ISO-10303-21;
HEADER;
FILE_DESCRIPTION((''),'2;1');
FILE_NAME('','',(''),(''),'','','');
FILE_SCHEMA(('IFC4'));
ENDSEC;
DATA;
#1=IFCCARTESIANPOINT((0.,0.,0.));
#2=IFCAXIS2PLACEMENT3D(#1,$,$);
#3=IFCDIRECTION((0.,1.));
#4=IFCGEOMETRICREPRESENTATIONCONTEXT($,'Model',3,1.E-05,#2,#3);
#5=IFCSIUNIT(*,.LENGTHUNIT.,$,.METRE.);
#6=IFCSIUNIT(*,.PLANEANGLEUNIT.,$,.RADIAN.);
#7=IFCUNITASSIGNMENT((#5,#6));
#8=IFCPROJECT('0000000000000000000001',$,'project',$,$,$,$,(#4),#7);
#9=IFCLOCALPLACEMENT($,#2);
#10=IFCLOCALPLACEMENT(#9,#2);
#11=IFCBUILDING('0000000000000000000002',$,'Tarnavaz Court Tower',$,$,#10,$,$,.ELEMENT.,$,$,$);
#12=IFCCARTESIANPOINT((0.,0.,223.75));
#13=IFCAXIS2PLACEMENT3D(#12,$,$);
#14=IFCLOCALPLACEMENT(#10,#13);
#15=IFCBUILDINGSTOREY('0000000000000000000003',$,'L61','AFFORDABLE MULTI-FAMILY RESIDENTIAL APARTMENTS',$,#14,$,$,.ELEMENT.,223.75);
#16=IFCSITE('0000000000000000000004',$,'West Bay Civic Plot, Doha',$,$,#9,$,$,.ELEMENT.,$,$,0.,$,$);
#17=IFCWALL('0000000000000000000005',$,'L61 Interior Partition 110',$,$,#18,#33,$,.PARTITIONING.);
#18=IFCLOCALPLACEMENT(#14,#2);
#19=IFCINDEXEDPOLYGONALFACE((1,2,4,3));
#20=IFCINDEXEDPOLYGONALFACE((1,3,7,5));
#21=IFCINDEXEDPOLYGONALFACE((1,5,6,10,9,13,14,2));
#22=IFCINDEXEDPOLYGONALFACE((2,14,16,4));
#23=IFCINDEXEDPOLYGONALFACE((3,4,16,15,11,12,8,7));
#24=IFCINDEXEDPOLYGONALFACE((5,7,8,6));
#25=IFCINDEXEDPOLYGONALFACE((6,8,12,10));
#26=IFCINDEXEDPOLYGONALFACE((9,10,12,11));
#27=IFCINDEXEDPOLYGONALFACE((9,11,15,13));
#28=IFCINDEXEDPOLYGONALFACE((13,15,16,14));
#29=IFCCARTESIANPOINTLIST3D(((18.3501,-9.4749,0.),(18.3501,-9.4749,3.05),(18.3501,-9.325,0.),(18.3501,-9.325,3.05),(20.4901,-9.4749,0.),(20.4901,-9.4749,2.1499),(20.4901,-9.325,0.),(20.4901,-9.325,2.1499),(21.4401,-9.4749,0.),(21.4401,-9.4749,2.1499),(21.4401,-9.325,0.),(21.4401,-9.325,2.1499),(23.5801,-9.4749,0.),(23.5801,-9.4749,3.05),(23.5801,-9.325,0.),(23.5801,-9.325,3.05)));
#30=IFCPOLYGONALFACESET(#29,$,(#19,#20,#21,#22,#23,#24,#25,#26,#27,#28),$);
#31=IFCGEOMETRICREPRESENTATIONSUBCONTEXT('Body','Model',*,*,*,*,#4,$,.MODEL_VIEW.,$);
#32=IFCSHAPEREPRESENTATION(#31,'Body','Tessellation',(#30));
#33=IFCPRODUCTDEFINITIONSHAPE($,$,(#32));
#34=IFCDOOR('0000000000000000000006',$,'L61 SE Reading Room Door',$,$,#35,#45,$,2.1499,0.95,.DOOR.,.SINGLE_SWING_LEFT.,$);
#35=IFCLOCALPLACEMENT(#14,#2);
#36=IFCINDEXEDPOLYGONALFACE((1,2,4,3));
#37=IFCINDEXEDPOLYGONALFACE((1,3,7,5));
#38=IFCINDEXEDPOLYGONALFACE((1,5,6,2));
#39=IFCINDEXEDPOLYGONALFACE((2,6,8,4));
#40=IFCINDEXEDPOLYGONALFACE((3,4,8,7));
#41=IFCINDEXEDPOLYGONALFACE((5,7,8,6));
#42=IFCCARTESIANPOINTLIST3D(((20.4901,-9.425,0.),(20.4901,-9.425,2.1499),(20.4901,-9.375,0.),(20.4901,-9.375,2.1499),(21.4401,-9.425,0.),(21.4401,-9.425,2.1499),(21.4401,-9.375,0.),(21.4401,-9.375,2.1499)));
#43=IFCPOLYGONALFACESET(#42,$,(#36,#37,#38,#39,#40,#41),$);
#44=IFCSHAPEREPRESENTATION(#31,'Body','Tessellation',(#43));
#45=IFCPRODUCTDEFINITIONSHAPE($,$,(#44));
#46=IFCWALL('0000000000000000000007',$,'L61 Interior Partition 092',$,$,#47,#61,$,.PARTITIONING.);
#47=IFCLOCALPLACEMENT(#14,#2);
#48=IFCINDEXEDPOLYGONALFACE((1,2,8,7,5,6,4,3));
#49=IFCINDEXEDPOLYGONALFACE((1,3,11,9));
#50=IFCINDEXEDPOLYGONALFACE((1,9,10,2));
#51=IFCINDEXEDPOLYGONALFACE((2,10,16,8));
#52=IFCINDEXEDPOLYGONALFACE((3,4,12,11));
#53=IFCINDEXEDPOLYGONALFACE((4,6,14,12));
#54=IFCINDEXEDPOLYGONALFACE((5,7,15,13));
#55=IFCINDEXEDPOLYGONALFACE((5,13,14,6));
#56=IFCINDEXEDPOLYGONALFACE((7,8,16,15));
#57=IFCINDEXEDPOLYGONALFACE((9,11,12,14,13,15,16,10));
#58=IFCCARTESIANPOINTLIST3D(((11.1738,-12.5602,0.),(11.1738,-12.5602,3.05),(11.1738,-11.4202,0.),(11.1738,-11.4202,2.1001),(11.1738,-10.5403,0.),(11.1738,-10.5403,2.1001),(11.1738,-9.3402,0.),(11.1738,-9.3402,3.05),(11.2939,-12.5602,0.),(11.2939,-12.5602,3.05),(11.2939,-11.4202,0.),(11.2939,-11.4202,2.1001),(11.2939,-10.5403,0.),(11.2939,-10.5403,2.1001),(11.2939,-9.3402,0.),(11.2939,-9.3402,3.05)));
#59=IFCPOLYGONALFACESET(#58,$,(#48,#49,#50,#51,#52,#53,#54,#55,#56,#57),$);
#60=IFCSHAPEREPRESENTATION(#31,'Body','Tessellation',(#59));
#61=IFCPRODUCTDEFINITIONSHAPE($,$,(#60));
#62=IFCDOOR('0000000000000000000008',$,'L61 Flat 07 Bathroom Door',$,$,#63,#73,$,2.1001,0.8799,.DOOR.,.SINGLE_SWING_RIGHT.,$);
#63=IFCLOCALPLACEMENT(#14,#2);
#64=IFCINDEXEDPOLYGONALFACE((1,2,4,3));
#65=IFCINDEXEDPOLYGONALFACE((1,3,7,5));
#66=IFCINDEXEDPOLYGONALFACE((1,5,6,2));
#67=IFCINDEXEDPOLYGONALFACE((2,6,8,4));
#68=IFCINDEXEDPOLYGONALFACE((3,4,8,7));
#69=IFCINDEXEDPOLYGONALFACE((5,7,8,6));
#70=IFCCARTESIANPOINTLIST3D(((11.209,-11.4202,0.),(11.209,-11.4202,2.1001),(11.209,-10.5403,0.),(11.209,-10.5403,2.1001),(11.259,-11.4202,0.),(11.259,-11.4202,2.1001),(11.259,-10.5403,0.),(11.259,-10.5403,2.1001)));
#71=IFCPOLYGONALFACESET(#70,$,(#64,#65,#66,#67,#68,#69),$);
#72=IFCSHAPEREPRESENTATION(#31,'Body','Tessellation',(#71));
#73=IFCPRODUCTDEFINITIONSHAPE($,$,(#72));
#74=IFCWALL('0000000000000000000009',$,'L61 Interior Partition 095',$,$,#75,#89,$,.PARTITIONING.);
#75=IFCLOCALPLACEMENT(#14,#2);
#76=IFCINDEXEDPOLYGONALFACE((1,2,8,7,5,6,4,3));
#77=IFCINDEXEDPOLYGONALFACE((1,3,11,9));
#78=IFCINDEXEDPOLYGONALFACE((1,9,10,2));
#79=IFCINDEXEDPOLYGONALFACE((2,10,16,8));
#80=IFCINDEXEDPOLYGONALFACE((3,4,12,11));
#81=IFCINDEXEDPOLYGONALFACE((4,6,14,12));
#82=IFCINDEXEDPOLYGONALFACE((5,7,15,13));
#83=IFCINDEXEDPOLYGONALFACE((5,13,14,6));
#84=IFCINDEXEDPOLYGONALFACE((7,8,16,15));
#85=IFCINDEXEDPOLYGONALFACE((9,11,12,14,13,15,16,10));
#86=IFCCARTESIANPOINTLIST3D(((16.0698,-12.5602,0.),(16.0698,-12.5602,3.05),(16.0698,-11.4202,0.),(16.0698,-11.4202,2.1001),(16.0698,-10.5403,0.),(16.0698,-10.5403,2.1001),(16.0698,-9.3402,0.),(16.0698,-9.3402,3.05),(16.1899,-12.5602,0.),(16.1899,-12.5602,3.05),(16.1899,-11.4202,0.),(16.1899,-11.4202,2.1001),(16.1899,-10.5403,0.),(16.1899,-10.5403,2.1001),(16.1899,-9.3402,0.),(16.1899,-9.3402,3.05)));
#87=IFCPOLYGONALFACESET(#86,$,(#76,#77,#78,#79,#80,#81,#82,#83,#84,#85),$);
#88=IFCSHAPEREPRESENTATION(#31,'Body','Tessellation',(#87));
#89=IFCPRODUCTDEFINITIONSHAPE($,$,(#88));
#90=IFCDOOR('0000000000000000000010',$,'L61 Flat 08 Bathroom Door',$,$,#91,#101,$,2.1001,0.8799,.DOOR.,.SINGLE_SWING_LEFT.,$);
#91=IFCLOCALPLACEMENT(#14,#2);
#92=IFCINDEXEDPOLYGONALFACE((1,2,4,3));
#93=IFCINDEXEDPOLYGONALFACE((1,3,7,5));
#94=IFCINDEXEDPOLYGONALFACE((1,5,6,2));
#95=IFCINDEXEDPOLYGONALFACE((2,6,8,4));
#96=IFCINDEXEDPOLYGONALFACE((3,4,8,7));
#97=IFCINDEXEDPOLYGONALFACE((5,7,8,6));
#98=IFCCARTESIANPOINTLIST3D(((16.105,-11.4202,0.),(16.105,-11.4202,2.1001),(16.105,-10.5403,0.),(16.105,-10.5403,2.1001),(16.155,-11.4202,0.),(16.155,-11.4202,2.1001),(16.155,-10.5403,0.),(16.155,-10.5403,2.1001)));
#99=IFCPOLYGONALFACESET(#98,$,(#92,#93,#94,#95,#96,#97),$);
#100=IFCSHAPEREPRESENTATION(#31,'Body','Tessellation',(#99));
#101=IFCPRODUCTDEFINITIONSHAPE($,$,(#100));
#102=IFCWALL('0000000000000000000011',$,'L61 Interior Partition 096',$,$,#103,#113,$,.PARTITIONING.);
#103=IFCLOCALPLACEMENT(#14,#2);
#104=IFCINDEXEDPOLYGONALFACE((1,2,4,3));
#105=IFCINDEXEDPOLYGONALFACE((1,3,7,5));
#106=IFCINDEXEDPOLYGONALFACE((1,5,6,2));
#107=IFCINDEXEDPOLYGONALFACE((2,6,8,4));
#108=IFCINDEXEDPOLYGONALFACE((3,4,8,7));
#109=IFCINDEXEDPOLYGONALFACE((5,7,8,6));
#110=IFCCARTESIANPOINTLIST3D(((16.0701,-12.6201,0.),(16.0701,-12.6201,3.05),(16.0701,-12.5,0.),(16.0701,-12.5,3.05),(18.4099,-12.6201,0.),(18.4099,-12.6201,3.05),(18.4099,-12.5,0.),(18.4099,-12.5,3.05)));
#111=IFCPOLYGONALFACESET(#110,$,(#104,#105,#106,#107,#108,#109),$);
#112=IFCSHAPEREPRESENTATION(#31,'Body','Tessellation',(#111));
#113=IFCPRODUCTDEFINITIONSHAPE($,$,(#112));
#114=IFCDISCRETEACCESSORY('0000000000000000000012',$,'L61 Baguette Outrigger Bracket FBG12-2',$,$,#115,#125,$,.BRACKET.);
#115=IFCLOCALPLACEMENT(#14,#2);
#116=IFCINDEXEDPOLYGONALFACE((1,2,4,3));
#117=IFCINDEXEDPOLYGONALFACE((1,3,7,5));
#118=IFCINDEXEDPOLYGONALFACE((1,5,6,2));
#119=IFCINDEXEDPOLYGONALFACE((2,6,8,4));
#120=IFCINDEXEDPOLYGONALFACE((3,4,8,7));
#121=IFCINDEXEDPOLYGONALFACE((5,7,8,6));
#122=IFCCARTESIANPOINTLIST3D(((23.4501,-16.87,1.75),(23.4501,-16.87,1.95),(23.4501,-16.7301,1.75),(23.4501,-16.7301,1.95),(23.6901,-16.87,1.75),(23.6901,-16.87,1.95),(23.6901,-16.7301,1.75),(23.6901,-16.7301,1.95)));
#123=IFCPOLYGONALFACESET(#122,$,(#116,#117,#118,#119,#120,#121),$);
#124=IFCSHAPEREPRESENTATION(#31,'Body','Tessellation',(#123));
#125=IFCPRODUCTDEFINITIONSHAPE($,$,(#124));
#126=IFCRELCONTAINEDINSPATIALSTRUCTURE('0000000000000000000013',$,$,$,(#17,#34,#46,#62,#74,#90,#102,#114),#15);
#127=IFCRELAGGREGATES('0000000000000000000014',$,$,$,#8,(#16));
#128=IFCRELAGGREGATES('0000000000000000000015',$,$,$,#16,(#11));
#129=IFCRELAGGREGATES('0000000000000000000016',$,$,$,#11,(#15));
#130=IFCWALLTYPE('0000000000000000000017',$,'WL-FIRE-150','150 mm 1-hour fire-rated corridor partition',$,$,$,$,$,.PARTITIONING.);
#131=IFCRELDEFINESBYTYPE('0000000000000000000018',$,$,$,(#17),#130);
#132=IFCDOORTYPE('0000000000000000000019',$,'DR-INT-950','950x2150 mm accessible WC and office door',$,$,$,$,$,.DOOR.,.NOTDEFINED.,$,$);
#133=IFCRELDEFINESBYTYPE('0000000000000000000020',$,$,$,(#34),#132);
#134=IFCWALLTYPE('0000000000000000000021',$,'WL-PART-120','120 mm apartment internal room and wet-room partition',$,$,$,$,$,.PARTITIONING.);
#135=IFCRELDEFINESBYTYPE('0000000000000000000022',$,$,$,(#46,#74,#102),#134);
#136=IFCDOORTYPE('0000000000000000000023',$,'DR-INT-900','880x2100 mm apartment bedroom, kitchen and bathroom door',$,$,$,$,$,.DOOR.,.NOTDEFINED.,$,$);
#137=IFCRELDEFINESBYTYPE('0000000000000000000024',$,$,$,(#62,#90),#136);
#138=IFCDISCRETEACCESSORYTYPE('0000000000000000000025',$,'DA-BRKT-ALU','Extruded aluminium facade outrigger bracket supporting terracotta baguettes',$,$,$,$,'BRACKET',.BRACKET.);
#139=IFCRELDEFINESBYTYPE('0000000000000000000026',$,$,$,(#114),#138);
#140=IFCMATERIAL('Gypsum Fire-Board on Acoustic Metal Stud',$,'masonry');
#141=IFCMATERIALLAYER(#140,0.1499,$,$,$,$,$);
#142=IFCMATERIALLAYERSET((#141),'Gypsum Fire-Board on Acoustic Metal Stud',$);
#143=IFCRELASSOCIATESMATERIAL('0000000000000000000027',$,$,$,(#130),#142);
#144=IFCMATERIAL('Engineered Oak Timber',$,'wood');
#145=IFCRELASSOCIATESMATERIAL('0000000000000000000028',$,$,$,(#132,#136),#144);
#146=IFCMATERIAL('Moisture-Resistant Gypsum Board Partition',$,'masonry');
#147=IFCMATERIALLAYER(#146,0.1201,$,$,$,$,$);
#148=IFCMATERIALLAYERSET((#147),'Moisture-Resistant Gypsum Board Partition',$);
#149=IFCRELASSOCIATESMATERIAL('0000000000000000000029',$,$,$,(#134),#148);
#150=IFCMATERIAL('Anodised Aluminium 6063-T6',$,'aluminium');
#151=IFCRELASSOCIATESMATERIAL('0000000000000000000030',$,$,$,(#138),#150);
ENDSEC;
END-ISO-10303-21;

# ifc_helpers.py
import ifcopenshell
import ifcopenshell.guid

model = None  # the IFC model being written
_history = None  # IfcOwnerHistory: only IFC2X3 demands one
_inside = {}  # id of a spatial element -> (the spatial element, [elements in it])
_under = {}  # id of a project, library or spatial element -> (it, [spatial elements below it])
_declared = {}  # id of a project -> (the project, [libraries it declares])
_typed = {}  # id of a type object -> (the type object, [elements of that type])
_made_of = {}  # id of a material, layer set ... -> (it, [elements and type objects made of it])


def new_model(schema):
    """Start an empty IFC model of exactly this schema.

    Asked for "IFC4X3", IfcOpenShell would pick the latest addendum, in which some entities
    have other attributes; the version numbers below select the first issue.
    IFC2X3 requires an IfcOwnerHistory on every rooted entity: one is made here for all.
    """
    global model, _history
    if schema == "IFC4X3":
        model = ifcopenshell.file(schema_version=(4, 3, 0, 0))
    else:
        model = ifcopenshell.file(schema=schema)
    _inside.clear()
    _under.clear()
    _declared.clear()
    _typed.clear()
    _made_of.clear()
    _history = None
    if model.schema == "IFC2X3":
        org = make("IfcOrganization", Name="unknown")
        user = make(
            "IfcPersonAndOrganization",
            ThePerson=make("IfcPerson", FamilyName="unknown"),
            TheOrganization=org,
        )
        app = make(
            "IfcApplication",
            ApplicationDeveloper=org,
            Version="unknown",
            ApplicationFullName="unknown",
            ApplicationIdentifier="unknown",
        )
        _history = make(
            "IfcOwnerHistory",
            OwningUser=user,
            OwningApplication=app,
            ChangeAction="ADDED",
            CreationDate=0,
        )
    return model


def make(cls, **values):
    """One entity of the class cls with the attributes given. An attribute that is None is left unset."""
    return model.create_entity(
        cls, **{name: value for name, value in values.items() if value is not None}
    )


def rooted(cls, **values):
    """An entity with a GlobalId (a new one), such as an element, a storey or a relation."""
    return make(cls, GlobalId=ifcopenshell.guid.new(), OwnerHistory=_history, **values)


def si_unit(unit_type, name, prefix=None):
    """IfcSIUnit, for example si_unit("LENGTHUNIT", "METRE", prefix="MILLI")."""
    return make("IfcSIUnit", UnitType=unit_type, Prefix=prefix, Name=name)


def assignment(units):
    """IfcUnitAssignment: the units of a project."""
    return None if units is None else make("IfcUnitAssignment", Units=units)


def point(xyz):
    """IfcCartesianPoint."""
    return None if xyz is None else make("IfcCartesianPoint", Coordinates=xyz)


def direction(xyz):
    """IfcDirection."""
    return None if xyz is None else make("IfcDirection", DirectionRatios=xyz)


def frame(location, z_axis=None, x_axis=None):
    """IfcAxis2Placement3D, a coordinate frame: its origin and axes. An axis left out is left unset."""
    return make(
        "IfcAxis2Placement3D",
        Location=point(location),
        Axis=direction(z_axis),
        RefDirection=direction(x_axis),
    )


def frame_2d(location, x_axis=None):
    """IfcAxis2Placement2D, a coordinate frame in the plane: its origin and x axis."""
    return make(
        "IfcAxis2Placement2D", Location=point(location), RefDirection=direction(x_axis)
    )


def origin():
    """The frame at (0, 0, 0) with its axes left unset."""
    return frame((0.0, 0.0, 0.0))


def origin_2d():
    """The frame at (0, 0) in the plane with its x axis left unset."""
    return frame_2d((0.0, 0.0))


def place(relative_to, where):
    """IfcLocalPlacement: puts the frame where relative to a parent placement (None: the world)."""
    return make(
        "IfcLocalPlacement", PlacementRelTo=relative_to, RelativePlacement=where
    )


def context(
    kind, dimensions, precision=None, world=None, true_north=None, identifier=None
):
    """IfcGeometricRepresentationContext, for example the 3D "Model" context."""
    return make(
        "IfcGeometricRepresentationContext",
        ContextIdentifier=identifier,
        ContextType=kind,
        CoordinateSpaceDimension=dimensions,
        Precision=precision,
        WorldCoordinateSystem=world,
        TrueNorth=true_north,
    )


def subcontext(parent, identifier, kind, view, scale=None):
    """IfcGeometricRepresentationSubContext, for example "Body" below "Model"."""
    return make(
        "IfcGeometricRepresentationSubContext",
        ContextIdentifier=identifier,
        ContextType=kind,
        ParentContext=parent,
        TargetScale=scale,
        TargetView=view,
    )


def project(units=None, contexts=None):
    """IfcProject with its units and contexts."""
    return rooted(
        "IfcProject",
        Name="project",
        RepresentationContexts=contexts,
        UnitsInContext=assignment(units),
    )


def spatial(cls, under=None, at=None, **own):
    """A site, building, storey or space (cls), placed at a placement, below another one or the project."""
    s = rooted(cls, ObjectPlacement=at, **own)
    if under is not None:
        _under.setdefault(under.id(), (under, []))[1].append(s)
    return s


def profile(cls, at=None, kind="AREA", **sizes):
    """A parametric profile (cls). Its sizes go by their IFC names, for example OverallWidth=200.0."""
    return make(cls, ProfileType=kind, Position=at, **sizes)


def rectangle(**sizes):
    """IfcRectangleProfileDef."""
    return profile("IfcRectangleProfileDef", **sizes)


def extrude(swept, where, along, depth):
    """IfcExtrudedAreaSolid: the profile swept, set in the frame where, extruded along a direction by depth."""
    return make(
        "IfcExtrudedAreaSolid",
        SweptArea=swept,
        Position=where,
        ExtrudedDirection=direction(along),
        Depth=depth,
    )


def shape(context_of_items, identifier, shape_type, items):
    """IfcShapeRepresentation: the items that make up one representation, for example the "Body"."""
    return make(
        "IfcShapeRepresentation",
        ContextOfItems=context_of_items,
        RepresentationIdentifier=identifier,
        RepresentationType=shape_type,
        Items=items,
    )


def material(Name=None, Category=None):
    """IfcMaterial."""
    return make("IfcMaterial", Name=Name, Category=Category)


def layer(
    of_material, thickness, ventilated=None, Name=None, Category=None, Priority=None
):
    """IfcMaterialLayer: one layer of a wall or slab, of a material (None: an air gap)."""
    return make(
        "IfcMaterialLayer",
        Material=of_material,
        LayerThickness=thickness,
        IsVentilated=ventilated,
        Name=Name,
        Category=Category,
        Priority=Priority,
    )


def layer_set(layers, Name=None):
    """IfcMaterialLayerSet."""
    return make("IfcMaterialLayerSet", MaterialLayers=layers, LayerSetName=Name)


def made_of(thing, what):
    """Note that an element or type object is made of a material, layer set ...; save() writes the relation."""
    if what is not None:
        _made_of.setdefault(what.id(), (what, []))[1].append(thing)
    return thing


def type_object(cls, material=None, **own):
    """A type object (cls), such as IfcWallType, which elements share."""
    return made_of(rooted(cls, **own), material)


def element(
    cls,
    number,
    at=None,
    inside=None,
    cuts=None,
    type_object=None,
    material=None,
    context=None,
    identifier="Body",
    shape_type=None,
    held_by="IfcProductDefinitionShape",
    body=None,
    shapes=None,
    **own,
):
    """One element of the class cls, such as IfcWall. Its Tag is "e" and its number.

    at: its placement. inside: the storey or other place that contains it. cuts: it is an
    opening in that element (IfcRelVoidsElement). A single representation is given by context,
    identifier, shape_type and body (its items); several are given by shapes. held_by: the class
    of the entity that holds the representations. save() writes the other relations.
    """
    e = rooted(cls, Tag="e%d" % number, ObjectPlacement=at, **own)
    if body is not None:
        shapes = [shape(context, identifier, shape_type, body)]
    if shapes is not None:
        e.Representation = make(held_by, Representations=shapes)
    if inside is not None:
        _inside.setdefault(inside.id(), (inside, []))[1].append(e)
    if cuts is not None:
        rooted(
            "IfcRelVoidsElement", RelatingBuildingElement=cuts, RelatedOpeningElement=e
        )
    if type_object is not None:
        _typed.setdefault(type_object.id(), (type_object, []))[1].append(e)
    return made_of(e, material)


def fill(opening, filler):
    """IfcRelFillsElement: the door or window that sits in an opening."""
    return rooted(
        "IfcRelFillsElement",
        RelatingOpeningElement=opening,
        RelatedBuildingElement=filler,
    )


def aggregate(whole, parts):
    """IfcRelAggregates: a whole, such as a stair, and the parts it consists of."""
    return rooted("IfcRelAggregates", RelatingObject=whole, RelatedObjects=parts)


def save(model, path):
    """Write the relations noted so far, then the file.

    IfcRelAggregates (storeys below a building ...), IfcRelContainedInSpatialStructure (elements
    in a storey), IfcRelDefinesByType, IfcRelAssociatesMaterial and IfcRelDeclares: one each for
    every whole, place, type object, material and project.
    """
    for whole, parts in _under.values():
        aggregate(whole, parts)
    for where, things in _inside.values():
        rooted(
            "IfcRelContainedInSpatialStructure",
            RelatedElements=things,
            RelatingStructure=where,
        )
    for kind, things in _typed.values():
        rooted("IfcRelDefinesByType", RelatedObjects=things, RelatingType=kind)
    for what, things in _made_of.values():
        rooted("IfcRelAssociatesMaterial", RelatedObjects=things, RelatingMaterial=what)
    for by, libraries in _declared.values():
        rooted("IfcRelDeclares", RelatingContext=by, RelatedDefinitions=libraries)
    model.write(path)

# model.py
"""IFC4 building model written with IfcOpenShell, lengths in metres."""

from ifc_helpers import new_model, si_unit, direction, frame, frame_2d, origin, origin_2d, place, context, subcontext, project, spatial, rectangle, extrude, material, layer, layer_set, type_object, element, fill, save


model = new_model("IFC4")

# Units and contexts
model_context = context("Model", 3, precision=1e-05, world=origin(), true_north=direction((0.0, 1.0)))
body_context = subcontext(model_context, "Body", "Model", "MODEL_VIEW")
ifc_project = project(units=[si_unit("LENGTHUNIT", "METRE"), si_unit("PLANEANGLEUNIT", "RADIAN")], contexts=[model_context])

# Site, building, storey
site_placement = place(None, origin())
site = spatial("IfcSite", under=ifc_project, at=site_placement, Name="West Bay Civic Plot, Doha", CompositionType="ELEMENT", RefElevation=0.0)
building_placement = place(site_placement, origin())
building = spatial("IfcBuilding", under=site, at=building_placement, Name="Tarnavaz Court Tower", CompositionType="ELEMENT")
storey_placement = place(building_placement, frame((0.0, 0.0, 223.75)))
storey = spatial("IfcBuildingStorey", under=building, at=storey_placement, Name="L61", Description="AFFORDABLE MULTI-FAMILY RESIDENTIAL APARTMENTS", CompositionType="ELEMENT", Elevation=223.75)

# Walls, openings, doors
ifc_material_1 = material(Name="Gypsum Fire-Board on Acoustic Metal Stud", Category="masonry")
ifc_layer_1 = layer(ifc_material_1, 0.1499)
ifc_layer_set_1 = layer_set([ifc_layer_1], Name="Gypsum Fire-Board on Acoustic Metal Stud")
wall_type_1 = type_object("IfcWallType", Name="WL-FIRE-150", Description="150 mm 1-hour fire-rated corridor partition", PredefinedType="PARTITIONING", material=ifc_layer_set_1)
wall_1_placement = place(storey_placement, frame((18.3501, -9.3999, 0.0), z_axis=(0.0, 0.0, 1.0), x_axis=(1.0, 0.0, 0.0)))
wall_1 = element("IfcWall", 1, at=wall_1_placement, inside=storey, type_object=wall_type_1, Name="L61 Interior Partition 110", PredefinedType="PARTITIONING", context=body_context, shape_type="SweptSolid", body=[
    extrude(rectangle(XDim=5.23, YDim=0.1499, at=frame_2d((2.615, 0.0))), origin(), (0.0, 0.0, 1.0), 3.05),
])
opening_1_placement = place(wall_1_placement, frame((2.1399, 0.0, 0.0)))
opening_1 = element("IfcOpeningElement", 2, at=opening_1_placement, cuts=wall_1, PredefinedType="OPENING", context=body_context, shape_type="SweptSolid", body=[
    extrude(rectangle(XDim=0.95, YDim=2.1499, at=frame_2d((0.4751, 1.075))), frame((0.0, 0.085, 0.0), z_axis=(0.0, -1.0, 0.0), x_axis=(1.0, 0.0, 0.0)), (0.0, 0.0, 1.0), 0.1699),
])
ifc_material_2 = material(Name="Engineered Oak Timber", Category="wood")
door_type_1 = type_object("IfcDoorType", Name="DR-INT-950", Description="950x2150 mm accessible WC and office door", OperationType="NOTDEFINED", PredefinedType="DOOR", material=ifc_material_2)
door_1_placement = place(opening_1_placement, origin())
door_1 = element("IfcDoor", 3, at=door_1_placement, inside=storey, type_object=door_type_1, Name="L61 SE Reading Room Door", OperationType="SINGLE_SWING_LEFT", OverallHeight=2.1499, OverallWidth=0.95, PredefinedType="DOOR", context=body_context, shape_type="SweptSolid", body=[
    extrude(rectangle(XDim=0.95, YDim=2.1499, at=frame_2d((0.4751, 1.075))), frame((0.0, 0.0249, 0.0), z_axis=(0.0, -1.0, 0.0), x_axis=(1.0, 0.0, 0.0)), (0.0, 0.0, 1.0), 0.05),
])
fill(opening_1, door_1)
ifc_material_3 = material(Name="Moisture-Resistant Gypsum Board Partition", Category="masonry")
ifc_layer_2 = layer(ifc_material_3, 0.1201)
ifc_layer_set_2 = layer_set([ifc_layer_2], Name="Moisture-Resistant Gypsum Board Partition")
wall_type_2 = type_object("IfcWallType", Name="WL-PART-120", Description="120 mm apartment internal room and wet-room partition", PredefinedType="PARTITIONING", material=ifc_layer_set_2)
wall_2_placement = place(storey_placement, frame((11.2339, -12.5601, 0.0), z_axis=(0.0, 0.0, 1.0), x_axis=(0.0, 1.0, 0.0)))
wall_2 = element("IfcWall", 4, at=wall_2_placement, inside=storey, type_object=wall_type_2, Name="L61 Interior Partition 092", PredefinedType="PARTITIONING", context=body_context, shape_type="SweptSolid", body=[
    extrude(rectangle(XDim=3.22, YDim=0.1201, at=frame_2d((1.6099, 0.0))), origin(), (0.0, 0.0, 1.0), 3.05),
])
opening_2_placement = place(wall_2_placement, frame((1.1399, 0.0, 0.0)))
opening_2 = element("IfcOpeningElement", 5, at=opening_2_placement, cuts=wall_2, PredefinedType="OPENING", context=body_context, shape_type="SweptSolid", body=[
    extrude(rectangle(XDim=0.8799, YDim=2.1001, at=frame_2d((0.4399, 1.05))), frame((0.0, 0.0701, 0.0), z_axis=(0.0, -1.0, 0.0), x_axis=(1.0, 0.0, 0.0)), (0.0, 0.0, 1.0), 0.1401),
])
door_type_2 = type_object("IfcDoorType", Name="DR-INT-900", Description="880x2100 mm apartment bedroom, kitchen and bathroom door", OperationType="NOTDEFINED", PredefinedType="DOOR", material=ifc_material_2)
door_2_placement = place(opening_2_placement, origin())
door_2 = element("IfcDoor", 6, at=door_2_placement, inside=storey, type_object=door_type_2, Name="L61 Flat 07 Bathroom Door", OperationType="SINGLE_SWING_RIGHT", OverallHeight=2.1001, OverallWidth=0.8799, PredefinedType="DOOR", context=body_context, shape_type="SweptSolid", body=[
    extrude(rectangle(XDim=0.8799, YDim=2.1001, at=frame_2d((0.4399, 1.05))), frame((0.0, 0.0249, 0.0), z_axis=(0.0, -1.0, 0.0), x_axis=(1.0, 0.0, 0.0)), (0.0, 0.0, 1.0), 0.05),
])
fill(opening_2, door_2)
wall_3_placement = place(storey_placement, frame((16.1299, -12.5601, 0.0), z_axis=(0.0, 0.0, 1.0), x_axis=(0.0, 1.0, 0.0)))
wall_3 = element("IfcWall", 7, at=wall_3_placement, inside=storey, type_object=wall_type_2, Name="L61 Interior Partition 095", PredefinedType="PARTITIONING", context=body_context, shape_type="SweptSolid", body=[
    extrude(rectangle(XDim=3.22, YDim=0.1201, at=frame_2d((1.6099, 0.0))), origin(), (0.0, 0.0, 1.0), 3.05),
])
opening_3_placement = place(wall_3_placement, frame((1.1399, 0.0, 0.0)))
opening_3 = element("IfcOpeningElement", 8, at=opening_3_placement, cuts=wall_3, PredefinedType="OPENING", context=body_context, shape_type="SweptSolid", body=[
    extrude(rectangle(XDim=0.8799, YDim=2.1001, at=frame_2d((0.4399, 1.05))), frame((0.0, 0.0701, 0.0), z_axis=(0.0, -1.0, 0.0), x_axis=(1.0, 0.0, 0.0)), (0.0, 0.0, 1.0), 0.1401),
])
door_3_placement = place(opening_3_placement, origin())
door_3 = element("IfcDoor", 9, at=door_3_placement, inside=storey, type_object=door_type_2, Name="L61 Flat 08 Bathroom Door", OperationType="SINGLE_SWING_LEFT", OverallHeight=2.1001, OverallWidth=0.8799, PredefinedType="DOOR", context=body_context, shape_type="SweptSolid", body=[
    extrude(rectangle(XDim=0.8799, YDim=2.1001, at=frame_2d((0.4399, 1.05))), frame((0.0, 0.0249, 0.0), z_axis=(0.0, -1.0, 0.0), x_axis=(1.0, 0.0, 0.0)), (0.0, 0.0, 1.0), 0.05),
])
fill(opening_3, door_3)

# Wall
wall_4_placement = place(storey_placement, frame((16.0701, -12.5601, 0.0), z_axis=(0.0, 0.0, 1.0), x_axis=(1.0, 0.0, 0.0)))
element("IfcWall", 10, at=wall_4_placement, inside=storey, type_object=wall_type_2, Name="L61 Interior Partition 096", PredefinedType="PARTITIONING", context=body_context, shape_type="SweptSolid", body=[
    extrude(rectangle(XDim=2.3398, YDim=0.1201, at=frame_2d((1.1699, 0.0))), origin(), (0.0, 0.0, 1.0), 3.05),
])

# Discrete accessory
ifc_material_4 = material(Name="Anodised Aluminium 6063-T6", Category="aluminium")
discrete_accessory_type = type_object("IfcDiscreteAccessoryType", Name="DA-BRKT-ALU", Description="Extruded aluminium facade outrigger bracket supporting terracotta baguettes", ElementType="BRACKET", PredefinedType="BRACKET", material=ifc_material_4)
discrete_accessory_placement = place(storey_placement, frame((23.5701, -16.8, 1.75), z_axis=(0.0, 0.0, 1.0), x_axis=(0.0, -1.0, 0.0)))
element("IfcDiscreteAccessory", 11, at=discrete_accessory_placement, inside=storey, type_object=discrete_accessory_type, Name="L61 Baguette Outrigger Bracket FBG12-2", PredefinedType="BRACKET", context=body_context, shape_type="SweptSolid", body=[
    extrude(rectangle(XDim=0.1399, YDim=0.24, at=origin_2d()), origin(), (0.0, 0.0, 1.0), 0.2),
])

save(model, "model.ifc")
